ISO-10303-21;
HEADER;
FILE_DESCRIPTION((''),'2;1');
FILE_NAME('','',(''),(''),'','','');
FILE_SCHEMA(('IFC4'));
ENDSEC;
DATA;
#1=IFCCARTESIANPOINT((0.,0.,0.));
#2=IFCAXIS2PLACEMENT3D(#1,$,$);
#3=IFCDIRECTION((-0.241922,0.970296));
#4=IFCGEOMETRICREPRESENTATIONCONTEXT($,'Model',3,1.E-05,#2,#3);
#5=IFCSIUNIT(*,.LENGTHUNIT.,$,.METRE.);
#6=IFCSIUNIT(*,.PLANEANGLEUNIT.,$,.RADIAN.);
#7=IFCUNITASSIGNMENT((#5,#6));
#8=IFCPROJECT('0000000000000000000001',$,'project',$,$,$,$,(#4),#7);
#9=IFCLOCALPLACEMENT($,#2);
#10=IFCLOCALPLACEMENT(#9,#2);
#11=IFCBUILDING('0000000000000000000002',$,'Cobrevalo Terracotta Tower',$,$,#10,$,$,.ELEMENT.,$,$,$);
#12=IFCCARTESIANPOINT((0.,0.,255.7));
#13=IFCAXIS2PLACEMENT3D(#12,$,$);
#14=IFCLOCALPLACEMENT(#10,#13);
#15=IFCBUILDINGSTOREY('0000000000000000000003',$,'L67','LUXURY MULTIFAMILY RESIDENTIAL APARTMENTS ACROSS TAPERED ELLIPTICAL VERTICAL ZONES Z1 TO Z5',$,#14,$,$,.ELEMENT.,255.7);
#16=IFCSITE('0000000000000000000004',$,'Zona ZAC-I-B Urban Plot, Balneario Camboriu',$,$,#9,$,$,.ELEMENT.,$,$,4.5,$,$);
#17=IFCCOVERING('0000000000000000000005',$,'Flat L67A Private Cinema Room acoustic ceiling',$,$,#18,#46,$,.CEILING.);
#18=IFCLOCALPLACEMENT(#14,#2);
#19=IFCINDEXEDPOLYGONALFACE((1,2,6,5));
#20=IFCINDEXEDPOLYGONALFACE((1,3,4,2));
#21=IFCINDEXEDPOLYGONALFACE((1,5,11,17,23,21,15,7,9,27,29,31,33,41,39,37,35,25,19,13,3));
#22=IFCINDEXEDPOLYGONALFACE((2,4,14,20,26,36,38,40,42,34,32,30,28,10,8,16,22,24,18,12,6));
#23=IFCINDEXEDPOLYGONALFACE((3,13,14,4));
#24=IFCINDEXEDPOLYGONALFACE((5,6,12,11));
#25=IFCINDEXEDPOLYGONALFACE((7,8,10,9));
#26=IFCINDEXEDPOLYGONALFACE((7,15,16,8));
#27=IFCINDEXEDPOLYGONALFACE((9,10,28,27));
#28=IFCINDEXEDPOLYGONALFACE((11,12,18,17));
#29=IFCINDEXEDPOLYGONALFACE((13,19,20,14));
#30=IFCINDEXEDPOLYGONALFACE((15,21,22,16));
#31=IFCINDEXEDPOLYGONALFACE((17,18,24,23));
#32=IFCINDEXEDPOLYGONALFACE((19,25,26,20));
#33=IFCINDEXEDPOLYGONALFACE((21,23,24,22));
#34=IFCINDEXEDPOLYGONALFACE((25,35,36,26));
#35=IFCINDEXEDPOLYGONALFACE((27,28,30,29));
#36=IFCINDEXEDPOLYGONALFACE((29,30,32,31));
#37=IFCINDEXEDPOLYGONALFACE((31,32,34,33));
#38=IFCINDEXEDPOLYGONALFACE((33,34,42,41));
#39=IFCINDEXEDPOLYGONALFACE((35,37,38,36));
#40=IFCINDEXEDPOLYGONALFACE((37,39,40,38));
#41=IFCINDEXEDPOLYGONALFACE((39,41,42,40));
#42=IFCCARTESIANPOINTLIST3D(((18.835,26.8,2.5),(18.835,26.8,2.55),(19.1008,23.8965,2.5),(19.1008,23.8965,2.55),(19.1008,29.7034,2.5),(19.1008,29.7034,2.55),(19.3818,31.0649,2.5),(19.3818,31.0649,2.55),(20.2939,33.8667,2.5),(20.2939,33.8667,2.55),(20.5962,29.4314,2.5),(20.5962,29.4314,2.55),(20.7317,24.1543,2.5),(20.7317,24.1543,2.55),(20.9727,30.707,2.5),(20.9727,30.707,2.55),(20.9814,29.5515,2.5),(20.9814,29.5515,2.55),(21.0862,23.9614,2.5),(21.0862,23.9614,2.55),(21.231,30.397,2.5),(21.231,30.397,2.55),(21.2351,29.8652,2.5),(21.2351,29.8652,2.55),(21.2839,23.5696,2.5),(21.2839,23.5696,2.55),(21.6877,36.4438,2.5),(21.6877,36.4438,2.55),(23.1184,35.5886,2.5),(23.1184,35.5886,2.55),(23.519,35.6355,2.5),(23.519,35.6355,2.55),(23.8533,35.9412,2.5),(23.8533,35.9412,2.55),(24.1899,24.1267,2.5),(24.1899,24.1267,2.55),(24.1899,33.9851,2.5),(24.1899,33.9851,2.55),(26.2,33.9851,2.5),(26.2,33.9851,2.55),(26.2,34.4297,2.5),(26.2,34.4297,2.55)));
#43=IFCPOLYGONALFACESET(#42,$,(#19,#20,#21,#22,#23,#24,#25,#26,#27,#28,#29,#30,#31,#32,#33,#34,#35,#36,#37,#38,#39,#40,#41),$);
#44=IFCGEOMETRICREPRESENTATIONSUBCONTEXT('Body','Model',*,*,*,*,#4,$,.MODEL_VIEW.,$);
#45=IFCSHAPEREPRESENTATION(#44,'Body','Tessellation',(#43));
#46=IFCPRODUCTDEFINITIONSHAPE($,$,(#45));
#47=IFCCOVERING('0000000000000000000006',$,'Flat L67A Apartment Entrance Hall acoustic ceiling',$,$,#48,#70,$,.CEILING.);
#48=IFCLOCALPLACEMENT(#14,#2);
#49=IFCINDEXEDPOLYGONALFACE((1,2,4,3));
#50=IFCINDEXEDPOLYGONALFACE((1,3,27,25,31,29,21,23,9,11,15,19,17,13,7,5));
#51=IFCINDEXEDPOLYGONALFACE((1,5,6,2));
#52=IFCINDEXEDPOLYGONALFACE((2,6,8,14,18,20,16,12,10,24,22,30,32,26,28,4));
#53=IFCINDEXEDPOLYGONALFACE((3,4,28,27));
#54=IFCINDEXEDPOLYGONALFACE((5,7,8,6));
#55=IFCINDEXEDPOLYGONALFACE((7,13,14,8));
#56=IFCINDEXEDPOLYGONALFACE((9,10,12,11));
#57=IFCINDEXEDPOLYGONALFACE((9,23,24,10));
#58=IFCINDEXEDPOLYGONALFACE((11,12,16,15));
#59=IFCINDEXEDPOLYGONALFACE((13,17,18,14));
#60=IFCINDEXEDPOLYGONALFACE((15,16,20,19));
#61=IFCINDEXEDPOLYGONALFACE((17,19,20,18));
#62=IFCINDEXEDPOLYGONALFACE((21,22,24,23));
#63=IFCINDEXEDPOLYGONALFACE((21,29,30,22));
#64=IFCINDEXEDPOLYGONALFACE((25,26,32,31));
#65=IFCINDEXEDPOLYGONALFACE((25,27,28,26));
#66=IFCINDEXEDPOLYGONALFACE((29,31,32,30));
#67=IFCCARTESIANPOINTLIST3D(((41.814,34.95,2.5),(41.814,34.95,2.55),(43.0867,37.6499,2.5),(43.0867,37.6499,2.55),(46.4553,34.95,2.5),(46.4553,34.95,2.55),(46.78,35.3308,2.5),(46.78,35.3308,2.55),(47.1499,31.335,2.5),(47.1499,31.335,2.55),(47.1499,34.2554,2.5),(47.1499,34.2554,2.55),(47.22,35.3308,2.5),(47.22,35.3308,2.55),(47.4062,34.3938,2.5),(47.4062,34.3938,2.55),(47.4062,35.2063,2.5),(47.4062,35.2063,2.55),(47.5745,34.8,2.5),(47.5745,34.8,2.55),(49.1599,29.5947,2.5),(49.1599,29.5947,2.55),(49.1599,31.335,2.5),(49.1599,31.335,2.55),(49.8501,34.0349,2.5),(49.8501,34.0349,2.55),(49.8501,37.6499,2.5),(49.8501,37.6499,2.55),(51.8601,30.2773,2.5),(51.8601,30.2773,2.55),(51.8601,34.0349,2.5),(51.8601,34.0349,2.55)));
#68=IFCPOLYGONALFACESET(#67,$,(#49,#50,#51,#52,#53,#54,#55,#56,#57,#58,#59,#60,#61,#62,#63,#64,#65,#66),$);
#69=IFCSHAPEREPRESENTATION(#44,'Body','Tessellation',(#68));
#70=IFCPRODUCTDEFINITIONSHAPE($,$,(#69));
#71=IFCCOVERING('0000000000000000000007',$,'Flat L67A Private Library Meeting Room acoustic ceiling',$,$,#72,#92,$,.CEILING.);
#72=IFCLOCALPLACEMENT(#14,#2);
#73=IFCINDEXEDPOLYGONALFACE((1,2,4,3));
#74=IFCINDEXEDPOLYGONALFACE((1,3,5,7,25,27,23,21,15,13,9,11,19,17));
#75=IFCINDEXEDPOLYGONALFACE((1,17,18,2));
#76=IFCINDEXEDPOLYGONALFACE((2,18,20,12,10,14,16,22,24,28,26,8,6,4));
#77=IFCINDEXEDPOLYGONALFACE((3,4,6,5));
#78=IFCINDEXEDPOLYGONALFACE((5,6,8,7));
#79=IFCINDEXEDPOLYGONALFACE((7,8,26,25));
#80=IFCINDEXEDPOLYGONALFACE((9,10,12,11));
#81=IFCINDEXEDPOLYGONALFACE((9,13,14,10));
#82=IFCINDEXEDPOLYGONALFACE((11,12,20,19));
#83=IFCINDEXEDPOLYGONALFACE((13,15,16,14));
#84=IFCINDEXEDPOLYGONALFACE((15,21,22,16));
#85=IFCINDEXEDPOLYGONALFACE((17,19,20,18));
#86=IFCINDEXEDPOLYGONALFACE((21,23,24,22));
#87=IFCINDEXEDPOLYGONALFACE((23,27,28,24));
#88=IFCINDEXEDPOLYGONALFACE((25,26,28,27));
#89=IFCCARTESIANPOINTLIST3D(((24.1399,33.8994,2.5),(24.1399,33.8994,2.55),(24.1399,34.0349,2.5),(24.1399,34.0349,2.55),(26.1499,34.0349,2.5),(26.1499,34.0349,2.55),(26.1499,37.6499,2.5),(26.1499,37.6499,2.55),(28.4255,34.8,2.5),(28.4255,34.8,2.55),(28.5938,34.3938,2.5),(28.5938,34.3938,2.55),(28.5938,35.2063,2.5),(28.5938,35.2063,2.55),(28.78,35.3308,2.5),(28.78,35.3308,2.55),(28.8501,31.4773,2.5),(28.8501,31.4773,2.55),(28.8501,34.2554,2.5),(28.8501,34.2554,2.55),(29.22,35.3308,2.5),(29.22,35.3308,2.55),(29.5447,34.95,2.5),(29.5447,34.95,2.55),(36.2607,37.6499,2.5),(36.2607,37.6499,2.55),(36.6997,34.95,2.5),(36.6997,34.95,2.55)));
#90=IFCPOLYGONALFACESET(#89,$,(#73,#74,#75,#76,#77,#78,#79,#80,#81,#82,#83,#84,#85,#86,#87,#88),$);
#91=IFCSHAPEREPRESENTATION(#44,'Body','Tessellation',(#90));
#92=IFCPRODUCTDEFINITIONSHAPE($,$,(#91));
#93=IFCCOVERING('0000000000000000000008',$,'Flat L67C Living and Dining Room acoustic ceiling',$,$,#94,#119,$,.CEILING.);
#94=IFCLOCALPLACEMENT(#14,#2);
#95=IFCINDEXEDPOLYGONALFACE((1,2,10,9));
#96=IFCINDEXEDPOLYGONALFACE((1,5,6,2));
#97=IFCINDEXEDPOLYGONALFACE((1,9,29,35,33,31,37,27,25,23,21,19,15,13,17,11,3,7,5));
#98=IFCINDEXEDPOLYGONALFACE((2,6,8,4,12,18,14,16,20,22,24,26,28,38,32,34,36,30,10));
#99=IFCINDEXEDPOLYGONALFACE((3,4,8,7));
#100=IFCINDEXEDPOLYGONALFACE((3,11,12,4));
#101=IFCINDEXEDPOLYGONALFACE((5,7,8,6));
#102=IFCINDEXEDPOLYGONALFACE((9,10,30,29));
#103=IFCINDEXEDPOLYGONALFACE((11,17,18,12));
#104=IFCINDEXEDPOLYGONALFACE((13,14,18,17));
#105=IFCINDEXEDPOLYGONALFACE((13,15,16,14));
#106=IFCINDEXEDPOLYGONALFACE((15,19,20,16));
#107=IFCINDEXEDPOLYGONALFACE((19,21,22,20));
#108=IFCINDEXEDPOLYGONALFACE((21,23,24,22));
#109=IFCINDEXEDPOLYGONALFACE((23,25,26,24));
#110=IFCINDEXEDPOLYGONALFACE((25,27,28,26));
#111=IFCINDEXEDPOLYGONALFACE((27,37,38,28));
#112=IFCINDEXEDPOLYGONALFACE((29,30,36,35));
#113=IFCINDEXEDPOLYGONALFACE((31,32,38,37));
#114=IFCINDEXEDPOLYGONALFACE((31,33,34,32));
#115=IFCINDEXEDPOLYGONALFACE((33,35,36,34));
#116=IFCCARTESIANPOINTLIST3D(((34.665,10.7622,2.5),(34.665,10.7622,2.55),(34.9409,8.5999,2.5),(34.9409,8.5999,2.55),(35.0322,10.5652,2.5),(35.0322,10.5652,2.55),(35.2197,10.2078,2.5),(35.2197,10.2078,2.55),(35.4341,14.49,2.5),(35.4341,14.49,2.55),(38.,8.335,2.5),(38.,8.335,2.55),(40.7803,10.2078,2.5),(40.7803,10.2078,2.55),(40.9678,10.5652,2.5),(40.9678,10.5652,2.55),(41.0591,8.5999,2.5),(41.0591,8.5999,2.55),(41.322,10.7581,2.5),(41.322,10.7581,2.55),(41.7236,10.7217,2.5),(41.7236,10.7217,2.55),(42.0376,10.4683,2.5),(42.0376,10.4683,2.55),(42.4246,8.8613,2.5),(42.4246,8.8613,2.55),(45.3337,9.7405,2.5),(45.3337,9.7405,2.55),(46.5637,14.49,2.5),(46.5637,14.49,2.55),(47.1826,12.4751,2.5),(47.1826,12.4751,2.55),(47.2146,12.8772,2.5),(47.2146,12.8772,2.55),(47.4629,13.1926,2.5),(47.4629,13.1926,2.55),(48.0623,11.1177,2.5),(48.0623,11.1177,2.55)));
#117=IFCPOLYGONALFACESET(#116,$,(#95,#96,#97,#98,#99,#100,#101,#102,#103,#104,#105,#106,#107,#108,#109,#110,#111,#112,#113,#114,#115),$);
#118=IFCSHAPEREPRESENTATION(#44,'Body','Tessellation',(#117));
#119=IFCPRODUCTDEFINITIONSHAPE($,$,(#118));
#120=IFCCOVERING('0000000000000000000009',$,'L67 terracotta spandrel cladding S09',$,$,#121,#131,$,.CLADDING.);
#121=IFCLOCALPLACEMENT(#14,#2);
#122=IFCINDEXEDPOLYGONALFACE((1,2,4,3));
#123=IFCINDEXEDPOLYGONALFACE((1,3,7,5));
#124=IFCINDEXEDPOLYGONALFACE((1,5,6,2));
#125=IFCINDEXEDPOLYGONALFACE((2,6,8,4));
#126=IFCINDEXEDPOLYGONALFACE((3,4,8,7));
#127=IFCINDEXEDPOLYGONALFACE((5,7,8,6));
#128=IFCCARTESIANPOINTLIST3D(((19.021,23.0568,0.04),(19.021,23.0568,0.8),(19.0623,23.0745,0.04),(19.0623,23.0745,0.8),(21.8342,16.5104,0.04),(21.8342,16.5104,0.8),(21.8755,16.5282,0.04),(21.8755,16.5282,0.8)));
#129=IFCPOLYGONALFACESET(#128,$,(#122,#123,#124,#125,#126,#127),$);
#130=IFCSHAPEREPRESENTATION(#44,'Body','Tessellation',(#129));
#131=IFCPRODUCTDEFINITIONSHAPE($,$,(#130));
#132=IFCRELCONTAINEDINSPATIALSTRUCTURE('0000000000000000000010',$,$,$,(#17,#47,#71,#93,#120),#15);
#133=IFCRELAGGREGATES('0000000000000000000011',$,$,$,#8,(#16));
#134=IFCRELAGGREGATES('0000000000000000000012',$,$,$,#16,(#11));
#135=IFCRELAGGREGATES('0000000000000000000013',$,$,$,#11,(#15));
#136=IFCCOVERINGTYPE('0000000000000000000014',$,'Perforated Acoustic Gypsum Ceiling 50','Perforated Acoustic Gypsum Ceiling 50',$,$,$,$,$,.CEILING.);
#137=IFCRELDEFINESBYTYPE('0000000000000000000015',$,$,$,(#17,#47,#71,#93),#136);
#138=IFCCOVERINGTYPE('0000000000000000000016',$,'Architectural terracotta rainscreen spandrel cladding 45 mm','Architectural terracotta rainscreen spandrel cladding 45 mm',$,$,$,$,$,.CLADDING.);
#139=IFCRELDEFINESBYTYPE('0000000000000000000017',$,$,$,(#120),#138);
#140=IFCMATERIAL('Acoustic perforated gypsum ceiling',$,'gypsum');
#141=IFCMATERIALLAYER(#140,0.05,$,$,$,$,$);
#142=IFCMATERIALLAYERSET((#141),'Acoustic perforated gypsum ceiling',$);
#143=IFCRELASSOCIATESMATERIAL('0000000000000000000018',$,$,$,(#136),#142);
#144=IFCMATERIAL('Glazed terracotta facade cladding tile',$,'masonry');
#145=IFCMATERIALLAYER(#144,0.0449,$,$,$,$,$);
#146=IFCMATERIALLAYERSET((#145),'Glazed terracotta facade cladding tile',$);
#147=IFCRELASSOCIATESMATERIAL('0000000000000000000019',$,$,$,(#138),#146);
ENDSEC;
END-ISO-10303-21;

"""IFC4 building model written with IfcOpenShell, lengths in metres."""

from ifc_helpers import new_model, si_unit, direction, frame, origin, origin_2d, place, context, subcontext, project, spatial, polyline, rectangle, outline, extrude, source, transform, mapped, material, layer, layer_set, type_object, element, save


model = new_model("IFC4")

# Units and contexts
model_context = context("Model", 3, precision=1e-05, world=origin(), true_north=direction((-0.241922, 0.970296)))
body_context = subcontext(model_context, "Body", "Model", "MODEL_VIEW")
ifc_project = project(units=[si_unit("LENGTHUNIT", "METRE"), si_unit("PLANEANGLEUNIT", "RADIAN")], contexts=[model_context])

# Site, building, storey
site_placement = place(None, origin())
site = spatial("IfcSite", under=ifc_project, at=site_placement, Name="Zona ZAC-I-B Urban Plot, Balneario Camboriu", CompositionType="ELEMENT", RefElevation=4.5)
building_placement = place(site_placement, origin())
building = spatial("IfcBuilding", under=site, at=building_placement, Name="Cobrevalo Terracotta Tower", CompositionType="ELEMENT")
storey_placement = place(building_placement, frame((0.0, 0.0, 255.7)))
storey = spatial("IfcBuildingStorey", under=building, at=storey_placement, Name="L67", Description="LUXURY MULTIFAMILY RESIDENTIAL APARTMENTS ACROSS TAPERED ELLIPTICAL VERTICAL ZONES Z1 TO Z5", CompositionType="ELEMENT", Elevation=255.7)

# Coverings
ifc_material_1 = material(Name="Acoustic perforated gypsum ceiling", Category="gypsum")
ifc_layer_1 = layer(ifc_material_1, 0.05)
ifc_layer_set_1 = layer_set([ifc_layer_1], Name="Acoustic perforated gypsum ceiling")
covering_type_1 = type_object("IfcCoveringType", Name="Perforated Acoustic Gypsum Ceiling 50", Description="Perforated Acoustic Gypsum Ceiling 50", PredefinedType="CEILING", material=ifc_layer_set_1)
covering_1_placement = place(storey_placement, frame((0.0, 0.0, 2.5)))
element("IfcCovering", 1, at=covering_1_placement, inside=storey, type_object=covering_type_1, Name="Flat L67A Private Cinema Room acoustic ceiling", PredefinedType="CEILING", context=body_context, shape_type="SweptSolid", body=[
    extrude(outline(polyline([(21.2839, 23.5696), (21.0862, 23.9614), (20.7317, 24.1543), (19.1008, 23.8965), (18.835, 26.8), (19.1008, 29.7034), (20.5962, 29.4314), (20.9814, 29.5515), (21.2351, 29.8652), (21.231, 30.397), (20.9727, 30.707), (19.3818, 31.0649), (20.2939, 33.8667), (21.6877, 36.4438), (23.1184, 35.5886), (23.519, 35.6355), (23.8533, 35.9412), (26.2, 34.4297), (26.2, 33.9851), (24.1899, 33.9851), (24.1899, 24.1267), (21.2839, 23.5696)])), origin(), (0.0, 0.0, 1.0), 0.05),
])
covering_2_placement = place(storey_placement, frame((0.0, 0.0, 2.5)))
element("IfcCovering", 2, at=covering_2_placement, inside=storey, type_object=covering_type_1, Name="Flat L67A Apartment Entrance Hall acoustic ceiling", PredefinedType="CEILING", context=body_context, shape_type="SweptSolid", body=[
    extrude(outline(polyline([(47.1499, 31.335), (47.1499, 34.2554), (47.4062, 34.3938), (47.5745, 34.8), (47.4062, 35.2063), (47.22, 35.3308), (46.78, 35.3308), (46.4553, 34.95), (41.814, 34.95), (43.0867, 37.6499), (49.8501, 37.6499), (49.8501, 34.0349), (51.8601, 34.0349), (51.8601, 30.2773), (49.1599, 29.5947), (49.1599, 31.335), (47.1499, 31.335)])), origin(), (0.0, 0.0, 1.0), 0.05),
])
covering_3_placement = place(storey_placement, frame((0.0, 0.0, 2.5)))
element("IfcCovering", 3, at=covering_3_placement, inside=storey, type_object=covering_type_1, Name="Flat L67A Private Library Meeting Room acoustic ceiling", PredefinedType="CEILING", context=body_context, shape_type="SweptSolid", body=[
    extrude(outline(polyline([(28.8501, 31.4773), (24.1399, 33.8994), (24.1399, 34.0349), (26.1499, 34.0349), (26.1499, 37.6499), (36.2607, 37.6499), (36.6997, 34.95), (29.5447, 34.95), (29.22, 35.3308), (28.78, 35.3308), (28.5938, 35.2063), (28.4255, 34.8), (28.5938, 34.3938), (28.8501, 34.2554), (28.8501, 31.4773)])), origin(), (0.0, 0.0, 1.0), 0.05),
])
covering_4_placement = place(storey_placement, frame((0.0, 0.0, 2.5)))
element("IfcCovering", 4, at=covering_4_placement, inside=storey, type_object=covering_type_1, Name="Flat L67C Living and Dining Room acoustic ceiling", PredefinedType="CEILING", context=body_context, shape_type="SweptSolid", body=[
    extrude(outline(polyline([(45.3337, 9.7405), (42.4246, 8.8613), (42.0376, 10.4683), (41.7236, 10.7217), (41.322, 10.7581), (40.9678, 10.5652), (40.7803, 10.2078), (41.0591, 8.5999), (38.0, 8.335), (34.9409, 8.5999), (35.2197, 10.2078), (35.0322, 10.5652), (34.665, 10.7622), (35.4341, 14.49), (46.5637, 14.49), (47.4629, 13.1926), (47.2146, 12.8772), (47.1826, 12.4751), (48.0623, 11.1177), (45.3337, 9.7405)])), origin(), (0.0, 0.0, 1.0), 0.05),
])
ifc_material_2 = material(Name="Glazed terracotta facade cladding tile", Category="masonry")
ifc_layer_2 = layer(ifc_material_2, 0.0449)
ifc_layer_set_2 = layer_set([ifc_layer_2], Name="Glazed terracotta facade cladding tile")
covering_type_2 = type_object("IfcCoveringType", Name="Architectural terracotta rainscreen spandrel cladding 45 mm", Description="Architectural terracotta rainscreen spandrel cladding 45 mm", PredefinedType="CLADDING", material=ifc_layer_set_2)
shared_shape_1 = source(origin(), body_context, "Body", "SweptSolid", [
    extrude(rectangle(XDim=7.1252, YDim=0.0449, at=origin_2d()), origin(), (0.0, 0.0, 1.0), 0.76),
])
covering_5_placement = place(storey_placement, frame((20.4482, 19.7925, 0.04), z_axis=(0.0, 0.0, 1.0), x_axis=(0.394829, -0.918755, 0.0)))
element("IfcCovering", 5, at=covering_5_placement, inside=storey, type_object=covering_type_2, Name="L67 terracotta spandrel cladding S09", PredefinedType="CLADDING", context=body_context, shape_type="MappedRepresentation", body=[
    mapped(shared_shape_1, transform((0.0, 0.0, 0.0), scale=1.0)),
])

save(model, "model.ifc")
